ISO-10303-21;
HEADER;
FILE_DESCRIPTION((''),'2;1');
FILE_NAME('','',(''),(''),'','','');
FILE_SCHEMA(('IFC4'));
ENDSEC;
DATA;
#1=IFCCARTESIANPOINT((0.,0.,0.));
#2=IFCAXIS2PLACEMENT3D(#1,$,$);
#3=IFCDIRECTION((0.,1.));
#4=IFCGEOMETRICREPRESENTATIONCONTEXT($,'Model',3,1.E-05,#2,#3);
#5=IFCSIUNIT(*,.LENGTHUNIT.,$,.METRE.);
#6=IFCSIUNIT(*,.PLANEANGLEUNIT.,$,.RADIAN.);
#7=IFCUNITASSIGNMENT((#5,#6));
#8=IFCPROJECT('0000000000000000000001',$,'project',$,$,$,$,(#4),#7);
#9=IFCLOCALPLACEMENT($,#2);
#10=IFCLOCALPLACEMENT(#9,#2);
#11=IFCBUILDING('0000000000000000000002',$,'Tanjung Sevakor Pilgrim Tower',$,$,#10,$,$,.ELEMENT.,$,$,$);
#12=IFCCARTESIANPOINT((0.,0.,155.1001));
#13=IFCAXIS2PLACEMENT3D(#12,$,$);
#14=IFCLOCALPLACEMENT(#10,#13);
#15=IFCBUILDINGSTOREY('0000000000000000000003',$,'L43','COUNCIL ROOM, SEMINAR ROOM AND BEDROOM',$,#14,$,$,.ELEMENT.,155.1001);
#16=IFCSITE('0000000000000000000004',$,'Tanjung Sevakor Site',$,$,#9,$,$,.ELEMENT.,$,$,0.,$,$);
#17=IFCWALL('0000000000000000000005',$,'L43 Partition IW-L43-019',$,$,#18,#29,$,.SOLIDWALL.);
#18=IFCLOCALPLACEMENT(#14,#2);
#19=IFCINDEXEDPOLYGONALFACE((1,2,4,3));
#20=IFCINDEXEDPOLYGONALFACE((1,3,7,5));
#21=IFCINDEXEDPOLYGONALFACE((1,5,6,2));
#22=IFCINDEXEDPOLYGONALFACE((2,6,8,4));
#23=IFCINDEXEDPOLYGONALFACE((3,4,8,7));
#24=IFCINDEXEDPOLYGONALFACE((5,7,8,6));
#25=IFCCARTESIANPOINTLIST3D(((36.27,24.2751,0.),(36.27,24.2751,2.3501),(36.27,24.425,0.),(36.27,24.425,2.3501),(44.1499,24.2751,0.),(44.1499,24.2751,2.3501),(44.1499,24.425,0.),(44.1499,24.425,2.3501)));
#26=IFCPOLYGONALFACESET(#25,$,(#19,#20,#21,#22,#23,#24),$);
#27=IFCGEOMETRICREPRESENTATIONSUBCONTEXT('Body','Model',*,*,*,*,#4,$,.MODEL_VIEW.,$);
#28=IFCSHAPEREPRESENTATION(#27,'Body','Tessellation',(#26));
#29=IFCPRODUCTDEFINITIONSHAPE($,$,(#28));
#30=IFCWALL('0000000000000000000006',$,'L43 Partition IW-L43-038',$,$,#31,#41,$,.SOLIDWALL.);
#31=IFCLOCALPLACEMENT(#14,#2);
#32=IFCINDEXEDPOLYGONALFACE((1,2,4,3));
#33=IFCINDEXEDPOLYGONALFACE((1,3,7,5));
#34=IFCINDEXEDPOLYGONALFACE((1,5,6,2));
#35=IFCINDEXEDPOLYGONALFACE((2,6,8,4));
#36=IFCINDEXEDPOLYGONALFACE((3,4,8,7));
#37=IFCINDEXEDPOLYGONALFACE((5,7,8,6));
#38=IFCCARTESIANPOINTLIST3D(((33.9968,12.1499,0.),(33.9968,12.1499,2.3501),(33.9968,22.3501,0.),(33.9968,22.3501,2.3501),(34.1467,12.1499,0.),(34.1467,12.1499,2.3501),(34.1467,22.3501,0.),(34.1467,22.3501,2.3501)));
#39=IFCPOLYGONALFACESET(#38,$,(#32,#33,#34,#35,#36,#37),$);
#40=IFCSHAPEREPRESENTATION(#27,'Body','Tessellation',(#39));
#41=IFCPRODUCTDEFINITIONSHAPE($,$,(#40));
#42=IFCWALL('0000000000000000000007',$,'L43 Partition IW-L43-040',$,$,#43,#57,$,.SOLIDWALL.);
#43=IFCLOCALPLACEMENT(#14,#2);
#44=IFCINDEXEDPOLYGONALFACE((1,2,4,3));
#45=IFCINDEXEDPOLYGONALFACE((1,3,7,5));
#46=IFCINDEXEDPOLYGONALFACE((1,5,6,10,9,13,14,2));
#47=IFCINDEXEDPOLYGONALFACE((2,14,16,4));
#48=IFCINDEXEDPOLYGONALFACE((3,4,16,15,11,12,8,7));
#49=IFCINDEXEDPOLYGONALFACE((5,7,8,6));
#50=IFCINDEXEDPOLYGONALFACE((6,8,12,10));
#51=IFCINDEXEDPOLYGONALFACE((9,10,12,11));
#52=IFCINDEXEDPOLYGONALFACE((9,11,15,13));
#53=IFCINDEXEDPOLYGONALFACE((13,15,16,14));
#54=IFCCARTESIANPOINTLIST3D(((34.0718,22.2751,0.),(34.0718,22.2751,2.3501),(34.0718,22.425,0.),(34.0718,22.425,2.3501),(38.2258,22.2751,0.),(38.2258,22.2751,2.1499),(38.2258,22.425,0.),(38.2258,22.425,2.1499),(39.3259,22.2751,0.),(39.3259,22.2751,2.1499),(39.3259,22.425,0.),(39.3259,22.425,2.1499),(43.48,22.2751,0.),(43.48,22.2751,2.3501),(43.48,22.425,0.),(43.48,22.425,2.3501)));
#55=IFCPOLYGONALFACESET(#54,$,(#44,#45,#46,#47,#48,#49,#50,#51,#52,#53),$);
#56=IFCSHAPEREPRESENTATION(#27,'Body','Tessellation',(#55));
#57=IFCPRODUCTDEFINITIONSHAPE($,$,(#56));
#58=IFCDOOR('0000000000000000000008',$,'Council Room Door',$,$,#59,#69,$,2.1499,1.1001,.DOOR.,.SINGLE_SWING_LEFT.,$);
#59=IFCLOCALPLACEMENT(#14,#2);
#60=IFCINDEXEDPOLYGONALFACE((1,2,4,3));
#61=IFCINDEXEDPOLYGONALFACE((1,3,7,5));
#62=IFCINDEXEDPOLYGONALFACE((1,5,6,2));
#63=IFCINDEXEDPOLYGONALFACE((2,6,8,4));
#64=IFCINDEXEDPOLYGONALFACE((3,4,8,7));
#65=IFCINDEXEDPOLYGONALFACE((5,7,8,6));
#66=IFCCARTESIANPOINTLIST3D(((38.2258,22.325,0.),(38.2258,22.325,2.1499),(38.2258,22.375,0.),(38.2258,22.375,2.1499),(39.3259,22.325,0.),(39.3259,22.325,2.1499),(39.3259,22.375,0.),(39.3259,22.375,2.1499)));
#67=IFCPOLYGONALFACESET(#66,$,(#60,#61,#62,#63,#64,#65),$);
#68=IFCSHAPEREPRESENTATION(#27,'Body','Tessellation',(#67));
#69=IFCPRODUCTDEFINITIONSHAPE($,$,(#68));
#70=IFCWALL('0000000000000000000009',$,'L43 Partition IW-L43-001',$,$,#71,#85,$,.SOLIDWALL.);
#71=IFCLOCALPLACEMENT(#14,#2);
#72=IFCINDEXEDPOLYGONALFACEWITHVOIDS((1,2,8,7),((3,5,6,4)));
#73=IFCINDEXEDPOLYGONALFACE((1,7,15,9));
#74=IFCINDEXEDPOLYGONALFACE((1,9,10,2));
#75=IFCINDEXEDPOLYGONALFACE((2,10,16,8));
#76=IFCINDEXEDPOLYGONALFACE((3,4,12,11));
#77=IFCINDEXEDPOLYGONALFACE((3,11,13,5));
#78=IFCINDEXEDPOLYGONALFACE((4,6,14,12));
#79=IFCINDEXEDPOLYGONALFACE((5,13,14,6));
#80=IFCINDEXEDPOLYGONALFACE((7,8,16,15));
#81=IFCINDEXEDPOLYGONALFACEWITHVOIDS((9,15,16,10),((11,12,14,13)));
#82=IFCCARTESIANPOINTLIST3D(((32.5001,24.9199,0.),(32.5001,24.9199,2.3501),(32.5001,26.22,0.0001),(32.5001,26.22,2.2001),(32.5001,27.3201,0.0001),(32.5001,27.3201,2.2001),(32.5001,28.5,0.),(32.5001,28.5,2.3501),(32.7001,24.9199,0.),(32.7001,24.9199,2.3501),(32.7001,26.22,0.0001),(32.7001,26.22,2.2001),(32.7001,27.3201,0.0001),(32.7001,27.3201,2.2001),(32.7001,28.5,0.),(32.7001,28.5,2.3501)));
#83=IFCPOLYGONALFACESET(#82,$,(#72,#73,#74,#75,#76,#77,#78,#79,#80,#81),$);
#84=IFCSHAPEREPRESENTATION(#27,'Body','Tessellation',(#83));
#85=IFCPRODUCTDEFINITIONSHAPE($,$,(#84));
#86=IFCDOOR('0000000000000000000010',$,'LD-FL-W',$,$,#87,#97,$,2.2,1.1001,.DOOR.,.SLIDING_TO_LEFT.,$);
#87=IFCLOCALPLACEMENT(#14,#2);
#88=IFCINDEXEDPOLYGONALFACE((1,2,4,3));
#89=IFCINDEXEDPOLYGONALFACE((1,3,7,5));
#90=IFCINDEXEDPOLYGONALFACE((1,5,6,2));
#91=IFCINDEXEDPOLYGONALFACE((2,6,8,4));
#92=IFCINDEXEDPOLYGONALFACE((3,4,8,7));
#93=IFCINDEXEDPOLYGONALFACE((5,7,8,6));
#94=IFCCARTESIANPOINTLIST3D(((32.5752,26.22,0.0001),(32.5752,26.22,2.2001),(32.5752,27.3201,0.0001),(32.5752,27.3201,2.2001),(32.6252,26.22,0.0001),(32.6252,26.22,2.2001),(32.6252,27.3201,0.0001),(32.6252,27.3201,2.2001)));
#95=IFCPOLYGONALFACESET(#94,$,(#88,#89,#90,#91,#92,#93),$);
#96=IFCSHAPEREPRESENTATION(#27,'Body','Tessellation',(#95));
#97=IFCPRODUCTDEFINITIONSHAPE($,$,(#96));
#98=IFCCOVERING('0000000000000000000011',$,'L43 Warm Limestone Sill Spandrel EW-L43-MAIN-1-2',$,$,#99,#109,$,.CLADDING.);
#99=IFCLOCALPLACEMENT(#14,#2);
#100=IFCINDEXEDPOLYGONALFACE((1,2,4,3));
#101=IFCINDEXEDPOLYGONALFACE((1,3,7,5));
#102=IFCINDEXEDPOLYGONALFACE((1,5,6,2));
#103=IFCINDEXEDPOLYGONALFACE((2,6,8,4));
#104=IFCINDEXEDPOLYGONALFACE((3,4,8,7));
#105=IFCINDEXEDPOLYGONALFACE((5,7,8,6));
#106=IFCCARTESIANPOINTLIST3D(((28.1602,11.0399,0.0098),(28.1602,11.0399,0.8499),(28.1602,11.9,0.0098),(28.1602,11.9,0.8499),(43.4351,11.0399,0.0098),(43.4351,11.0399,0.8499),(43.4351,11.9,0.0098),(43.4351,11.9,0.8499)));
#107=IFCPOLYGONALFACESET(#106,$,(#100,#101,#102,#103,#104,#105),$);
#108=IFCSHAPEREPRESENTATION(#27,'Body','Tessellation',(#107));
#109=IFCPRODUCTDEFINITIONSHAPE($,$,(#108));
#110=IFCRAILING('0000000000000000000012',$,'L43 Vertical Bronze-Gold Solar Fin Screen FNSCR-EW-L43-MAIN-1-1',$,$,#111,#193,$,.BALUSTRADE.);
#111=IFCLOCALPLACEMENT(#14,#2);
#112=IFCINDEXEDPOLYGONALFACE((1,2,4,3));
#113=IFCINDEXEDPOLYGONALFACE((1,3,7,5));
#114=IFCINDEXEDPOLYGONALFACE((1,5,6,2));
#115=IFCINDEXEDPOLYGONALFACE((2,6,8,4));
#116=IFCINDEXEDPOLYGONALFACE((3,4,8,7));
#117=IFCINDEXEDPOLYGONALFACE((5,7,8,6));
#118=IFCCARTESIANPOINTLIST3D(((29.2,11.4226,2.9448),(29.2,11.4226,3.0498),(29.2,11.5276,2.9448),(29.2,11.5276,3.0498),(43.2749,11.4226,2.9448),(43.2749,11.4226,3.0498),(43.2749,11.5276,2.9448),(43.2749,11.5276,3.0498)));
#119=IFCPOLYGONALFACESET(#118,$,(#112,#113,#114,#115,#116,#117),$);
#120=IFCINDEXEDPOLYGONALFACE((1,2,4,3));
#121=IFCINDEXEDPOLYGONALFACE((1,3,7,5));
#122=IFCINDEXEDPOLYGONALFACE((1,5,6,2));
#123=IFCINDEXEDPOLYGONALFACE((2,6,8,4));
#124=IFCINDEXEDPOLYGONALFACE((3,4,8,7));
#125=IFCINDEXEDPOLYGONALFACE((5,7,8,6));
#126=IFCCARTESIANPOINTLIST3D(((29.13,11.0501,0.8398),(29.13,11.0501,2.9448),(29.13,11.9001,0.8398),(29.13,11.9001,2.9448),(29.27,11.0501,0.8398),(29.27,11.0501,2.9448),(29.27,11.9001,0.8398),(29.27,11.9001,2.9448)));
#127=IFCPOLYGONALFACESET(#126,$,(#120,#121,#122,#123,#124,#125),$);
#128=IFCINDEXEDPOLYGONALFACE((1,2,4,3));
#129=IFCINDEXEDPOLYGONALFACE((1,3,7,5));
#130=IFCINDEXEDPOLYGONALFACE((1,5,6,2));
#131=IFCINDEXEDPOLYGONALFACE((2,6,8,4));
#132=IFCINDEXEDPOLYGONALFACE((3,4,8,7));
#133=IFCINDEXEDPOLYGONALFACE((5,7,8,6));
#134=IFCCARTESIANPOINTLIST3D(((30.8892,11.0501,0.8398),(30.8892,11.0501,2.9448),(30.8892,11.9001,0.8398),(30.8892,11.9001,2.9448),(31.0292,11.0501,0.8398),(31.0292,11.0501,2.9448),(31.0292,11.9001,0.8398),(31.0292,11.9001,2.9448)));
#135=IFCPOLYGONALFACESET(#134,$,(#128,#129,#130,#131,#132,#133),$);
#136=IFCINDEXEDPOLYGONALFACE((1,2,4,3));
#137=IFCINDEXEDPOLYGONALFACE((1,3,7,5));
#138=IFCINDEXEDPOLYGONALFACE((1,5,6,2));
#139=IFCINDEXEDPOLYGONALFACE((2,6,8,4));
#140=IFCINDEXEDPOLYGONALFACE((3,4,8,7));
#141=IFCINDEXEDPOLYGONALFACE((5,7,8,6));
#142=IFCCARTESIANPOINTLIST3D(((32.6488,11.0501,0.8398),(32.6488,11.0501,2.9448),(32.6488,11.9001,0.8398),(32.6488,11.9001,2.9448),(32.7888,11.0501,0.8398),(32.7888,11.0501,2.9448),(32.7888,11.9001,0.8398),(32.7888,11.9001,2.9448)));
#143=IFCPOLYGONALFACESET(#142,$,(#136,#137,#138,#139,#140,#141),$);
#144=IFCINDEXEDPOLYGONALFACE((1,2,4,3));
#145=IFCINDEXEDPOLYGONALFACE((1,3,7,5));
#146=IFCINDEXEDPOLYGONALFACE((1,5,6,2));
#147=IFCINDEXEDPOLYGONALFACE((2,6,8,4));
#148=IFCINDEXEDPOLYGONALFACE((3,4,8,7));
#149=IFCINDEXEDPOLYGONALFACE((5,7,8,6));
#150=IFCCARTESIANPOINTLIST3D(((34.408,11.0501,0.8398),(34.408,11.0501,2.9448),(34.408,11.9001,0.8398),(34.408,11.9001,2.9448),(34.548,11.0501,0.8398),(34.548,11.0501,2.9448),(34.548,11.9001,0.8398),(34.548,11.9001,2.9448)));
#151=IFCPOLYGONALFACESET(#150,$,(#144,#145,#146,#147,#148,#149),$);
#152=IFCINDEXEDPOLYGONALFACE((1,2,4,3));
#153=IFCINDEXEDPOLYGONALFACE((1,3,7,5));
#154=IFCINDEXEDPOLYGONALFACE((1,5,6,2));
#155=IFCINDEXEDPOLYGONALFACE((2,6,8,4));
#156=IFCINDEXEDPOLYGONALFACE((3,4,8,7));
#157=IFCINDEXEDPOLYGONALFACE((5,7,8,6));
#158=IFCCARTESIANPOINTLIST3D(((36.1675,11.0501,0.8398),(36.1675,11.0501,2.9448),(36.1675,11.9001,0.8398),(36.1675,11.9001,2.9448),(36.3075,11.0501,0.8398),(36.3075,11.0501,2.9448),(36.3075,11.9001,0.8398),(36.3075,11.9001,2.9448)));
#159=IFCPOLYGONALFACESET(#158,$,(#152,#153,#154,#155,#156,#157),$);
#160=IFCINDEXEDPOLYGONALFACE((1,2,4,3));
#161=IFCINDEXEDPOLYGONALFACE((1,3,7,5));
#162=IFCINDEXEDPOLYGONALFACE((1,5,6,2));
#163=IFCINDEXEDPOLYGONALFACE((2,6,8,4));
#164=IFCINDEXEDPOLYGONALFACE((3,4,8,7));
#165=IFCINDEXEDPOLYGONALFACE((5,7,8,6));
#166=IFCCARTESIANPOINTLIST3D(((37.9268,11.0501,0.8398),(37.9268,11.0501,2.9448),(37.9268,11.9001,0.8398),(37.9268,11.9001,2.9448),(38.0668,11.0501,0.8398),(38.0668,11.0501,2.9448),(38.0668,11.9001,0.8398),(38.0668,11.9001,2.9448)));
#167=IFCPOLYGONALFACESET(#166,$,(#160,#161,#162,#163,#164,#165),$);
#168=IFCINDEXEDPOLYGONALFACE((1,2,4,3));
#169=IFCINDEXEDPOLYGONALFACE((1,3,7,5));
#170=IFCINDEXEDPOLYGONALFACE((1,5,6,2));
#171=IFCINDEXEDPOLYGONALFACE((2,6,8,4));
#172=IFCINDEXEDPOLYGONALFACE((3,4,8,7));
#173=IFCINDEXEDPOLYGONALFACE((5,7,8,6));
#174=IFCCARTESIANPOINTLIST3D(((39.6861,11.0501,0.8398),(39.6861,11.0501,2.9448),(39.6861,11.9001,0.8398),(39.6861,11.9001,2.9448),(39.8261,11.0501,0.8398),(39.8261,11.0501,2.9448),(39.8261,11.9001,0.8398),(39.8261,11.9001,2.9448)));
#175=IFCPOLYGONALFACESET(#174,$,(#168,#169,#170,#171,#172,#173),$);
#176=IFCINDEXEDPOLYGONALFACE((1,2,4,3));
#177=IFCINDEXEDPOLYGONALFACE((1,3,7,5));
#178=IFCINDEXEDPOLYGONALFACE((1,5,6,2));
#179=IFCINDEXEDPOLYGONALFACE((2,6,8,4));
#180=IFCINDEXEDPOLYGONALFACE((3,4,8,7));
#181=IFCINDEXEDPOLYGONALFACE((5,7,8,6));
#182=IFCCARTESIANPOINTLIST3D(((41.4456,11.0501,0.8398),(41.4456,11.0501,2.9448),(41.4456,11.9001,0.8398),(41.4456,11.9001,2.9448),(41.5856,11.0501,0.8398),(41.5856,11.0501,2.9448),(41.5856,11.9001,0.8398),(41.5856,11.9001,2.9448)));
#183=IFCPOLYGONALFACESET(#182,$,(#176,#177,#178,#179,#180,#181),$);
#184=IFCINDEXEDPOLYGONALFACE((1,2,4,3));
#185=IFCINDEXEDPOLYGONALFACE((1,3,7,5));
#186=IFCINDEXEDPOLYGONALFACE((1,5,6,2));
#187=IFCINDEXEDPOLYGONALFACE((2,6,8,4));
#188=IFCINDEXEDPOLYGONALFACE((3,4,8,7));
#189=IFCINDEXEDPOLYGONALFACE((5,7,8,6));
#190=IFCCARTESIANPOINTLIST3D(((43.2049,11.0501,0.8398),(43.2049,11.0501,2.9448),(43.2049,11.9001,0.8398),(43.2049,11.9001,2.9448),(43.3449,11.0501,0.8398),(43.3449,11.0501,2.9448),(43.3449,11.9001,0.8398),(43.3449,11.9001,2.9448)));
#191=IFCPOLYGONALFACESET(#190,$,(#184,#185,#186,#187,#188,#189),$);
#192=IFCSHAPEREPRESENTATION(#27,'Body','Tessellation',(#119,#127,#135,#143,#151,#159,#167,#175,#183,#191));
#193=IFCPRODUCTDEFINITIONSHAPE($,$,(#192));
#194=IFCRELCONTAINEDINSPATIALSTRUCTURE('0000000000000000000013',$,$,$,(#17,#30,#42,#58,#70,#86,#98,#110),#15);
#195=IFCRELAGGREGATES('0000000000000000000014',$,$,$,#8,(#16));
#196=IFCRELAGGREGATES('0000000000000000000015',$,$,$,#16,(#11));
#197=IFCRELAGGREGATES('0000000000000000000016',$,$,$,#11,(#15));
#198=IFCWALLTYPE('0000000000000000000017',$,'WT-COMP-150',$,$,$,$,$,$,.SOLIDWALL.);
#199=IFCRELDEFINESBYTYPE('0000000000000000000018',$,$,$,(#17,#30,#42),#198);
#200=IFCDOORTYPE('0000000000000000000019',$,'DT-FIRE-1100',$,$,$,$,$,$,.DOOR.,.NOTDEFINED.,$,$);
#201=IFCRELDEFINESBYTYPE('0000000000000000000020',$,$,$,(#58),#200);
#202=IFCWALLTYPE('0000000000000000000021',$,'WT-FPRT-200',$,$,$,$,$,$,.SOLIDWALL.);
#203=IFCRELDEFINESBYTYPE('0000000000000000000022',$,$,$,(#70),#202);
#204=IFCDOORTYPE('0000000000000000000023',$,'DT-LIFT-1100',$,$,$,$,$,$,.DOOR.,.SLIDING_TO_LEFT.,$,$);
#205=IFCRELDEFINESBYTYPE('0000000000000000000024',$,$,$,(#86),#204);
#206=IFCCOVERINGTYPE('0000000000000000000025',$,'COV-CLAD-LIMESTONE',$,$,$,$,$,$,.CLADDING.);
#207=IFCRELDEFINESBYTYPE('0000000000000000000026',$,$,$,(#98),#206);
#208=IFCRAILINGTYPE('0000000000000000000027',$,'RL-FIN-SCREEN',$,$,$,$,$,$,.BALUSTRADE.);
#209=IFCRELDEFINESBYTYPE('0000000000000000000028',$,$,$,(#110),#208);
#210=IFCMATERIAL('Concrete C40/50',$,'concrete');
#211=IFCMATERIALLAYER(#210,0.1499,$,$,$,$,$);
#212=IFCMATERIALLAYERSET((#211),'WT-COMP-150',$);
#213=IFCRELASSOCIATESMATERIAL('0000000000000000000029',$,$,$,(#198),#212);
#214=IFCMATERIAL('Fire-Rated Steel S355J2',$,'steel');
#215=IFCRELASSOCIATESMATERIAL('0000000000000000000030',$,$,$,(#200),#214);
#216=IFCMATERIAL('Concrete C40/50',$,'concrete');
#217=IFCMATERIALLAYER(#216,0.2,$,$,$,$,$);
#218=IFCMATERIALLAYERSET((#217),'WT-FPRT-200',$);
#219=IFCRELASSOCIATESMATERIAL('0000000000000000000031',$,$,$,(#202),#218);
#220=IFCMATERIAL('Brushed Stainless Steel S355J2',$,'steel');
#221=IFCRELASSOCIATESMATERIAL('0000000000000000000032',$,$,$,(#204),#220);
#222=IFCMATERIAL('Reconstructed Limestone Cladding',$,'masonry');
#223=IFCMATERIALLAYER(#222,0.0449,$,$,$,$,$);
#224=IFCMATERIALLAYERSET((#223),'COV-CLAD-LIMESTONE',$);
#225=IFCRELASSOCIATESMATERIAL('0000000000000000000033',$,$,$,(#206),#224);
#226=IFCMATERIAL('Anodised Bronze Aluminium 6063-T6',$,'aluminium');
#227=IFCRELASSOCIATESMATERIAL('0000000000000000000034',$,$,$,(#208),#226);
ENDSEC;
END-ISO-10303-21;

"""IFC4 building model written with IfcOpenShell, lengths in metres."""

from ifc_helpers import new_model, si_unit, direction, frame, frame_2d, origin, origin_2d, place, context, subcontext, project, spatial, rectangle, extrude, material, layer, layer_set, type_object, element, fill, save


model = new_model("IFC4")

# Units and contexts
model_context = context("Model", 3, precision=1e-05, world=origin(), true_north=direction((0.0, 1.0)))
body_context = subcontext(model_context, "Body", "Model", "MODEL_VIEW")
ifc_project = project(units=[si_unit("LENGTHUNIT", "METRE"), si_unit("PLANEANGLEUNIT", "RADIAN")], contexts=[model_context])

# Site, building, storey
site_placement = place(None, origin())
site = spatial("IfcSite", under=ifc_project, at=site_placement, Name="Tanjung Sevakor Site", CompositionType="ELEMENT", RefElevation=0.0)
building_placement = place(site_placement, origin())
building = spatial("IfcBuilding", under=site, at=building_placement, Name="Tanjung Sevakor Pilgrim Tower", CompositionType="ELEMENT")
storey_placement = place(building_placement, frame((0.0, 0.0, 155.1001)))
storey = spatial("IfcBuildingStorey", under=building, at=storey_placement, Name="L43", Description="COUNCIL ROOM, SEMINAR ROOM AND BEDROOM", CompositionType="ELEMENT", Elevation=155.1001)

# Shared definitions
ifc_material_1 = material(Name="Concrete C40/50", Category="concrete")
ifc_layer_1 = layer(ifc_material_1, 0.1499)
ifc_layer_set_1 = layer_set([ifc_layer_1], Name="WT-COMP-150")
wall_type_1 = type_object("IfcWallType", Name="WT-COMP-150", PredefinedType="SOLIDWALL", material=ifc_layer_set_1)

# Walls
wall_1_placement = place(storey_placement, frame((36.27, 24.3501, 0.0), z_axis=(0.0, 0.0, 1.0), x_axis=(1.0, 0.0, 0.0)))
element("IfcWall", 1, at=wall_1_placement, inside=storey, type_object=wall_type_1, Name="L43 Partition IW-L43-019", PredefinedType="SOLIDWALL", context=body_context, shape_type="SweptSolid", body=[
    extrude(rectangle(XDim=7.8799, YDim=0.1499, at=frame_2d((3.9399, 0.0))), origin(), (0.0, 0.0, 1.0), 2.3501),
])
wall_2_placement = place(storey_placement, frame((34.0718, 12.1499, 0.0), z_axis=(0.0, 0.0, 1.0), x_axis=(0.0, 1.0, 0.0)))
element("IfcWall", 2, at=wall_2_placement, inside=storey, type_object=wall_type_1, Name="L43 Partition IW-L43-038", PredefinedType="SOLIDWALL", context=body_context, shape_type="SweptSolid", body=[
    extrude(rectangle(XDim=10.2002, YDim=0.1499, at=frame_2d((5.1001, 0.0))), origin(), (0.0, 0.0, 1.0), 2.3501),
])

# Walls, openings, doors
wall_3_placement = place(storey_placement, frame((34.0718, 22.3501, 0.0), z_axis=(0.0, 0.0, 1.0), x_axis=(1.0, 0.0, 0.0)))
wall_3 = element("IfcWall", 3, at=wall_3_placement, inside=storey, type_object=wall_type_1, Name="L43 Partition IW-L43-040", PredefinedType="SOLIDWALL", context=body_context, shape_type="SweptSolid", body=[
    extrude(rectangle(XDim=9.4082, YDim=0.1499, at=frame_2d((4.7041, 0.0))), origin(), (0.0, 0.0, 1.0), 2.3501),
])
opening_1_placement = place(wall_3_placement, frame((4.1541, 0.0, 0.0)))
opening_1 = element("IfcOpeningElement", 4, at=opening_1_placement, cuts=wall_3, PredefinedType="OPENING", context=body_context, shape_type="SweptSolid", body=[
    extrude(rectangle(XDim=1.1001, YDim=2.1499, at=frame_2d((0.55, 1.075))), frame((0.0, 0.085, 0.0), z_axis=(0.0, -1.0, 0.0), x_axis=(1.0, 0.0, 0.0)), (0.0, 0.0, 1.0), 0.1699),
])
ifc_material_2 = material(Name="Fire-Rated Steel S355J2", Category="steel")
door_type_1 = type_object("IfcDoorType", Name="DT-FIRE-1100", OperationType="NOTDEFINED", PredefinedType="DOOR", material=ifc_material_2)
door_1_placement = place(opening_1_placement, origin())
door_1 = element("IfcDoor", 5, at=door_1_placement, inside=storey, type_object=door_type_1, Name="Council Room Door", OperationType="SINGLE_SWING_LEFT", OverallHeight=2.1499, OverallWidth=1.1001, PredefinedType="DOOR", context=body_context, shape_type="SweptSolid", body=[
    extrude(rectangle(XDim=1.1001, YDim=2.1499, at=frame_2d((0.55, 1.075))), frame((0.0, 0.0249, 0.0), z_axis=(0.0, -1.0, 0.0), x_axis=(1.0, 0.0, 0.0)), (0.0, 0.0, 1.0), 0.05),
])
fill(opening_1, door_1)
ifc_material_3 = material(Name="Concrete C40/50", Category="concrete")
ifc_layer_2 = layer(ifc_material_3, 0.2)
ifc_layer_set_2 = layer_set([ifc_layer_2], Name="WT-FPRT-200")
wall_type_2 = type_object("IfcWallType", Name="WT-FPRT-200", PredefinedType="SOLIDWALL", material=ifc_layer_set_2)
wall_4_placement = place(storey_placement, frame((32.6001, 24.9199, 0.0), z_axis=(0.0, 0.0, 1.0), x_axis=(0.0, 1.0, 0.0)))
wall_4 = element("IfcWall", 6, at=wall_4_placement, inside=storey, type_object=wall_type_2, Name="L43 Partition IW-L43-001", PredefinedType="SOLIDWALL", context=body_context, shape_type="SweptSolid", body=[
    extrude(rectangle(XDim=3.5801, YDim=0.2, at=frame_2d((1.79, 0.0))), origin(), (0.0, 0.0, 1.0), 2.3501),
])
opening_2_placement = place(wall_4_placement, frame((1.3, 0.0, 0.0)))
opening_2 = element("IfcOpeningElement", 7, at=opening_2_placement, cuts=wall_4, PredefinedType="OPENING", context=body_context, shape_type="SweptSolid", body=[
    extrude(rectangle(XDim=1.1001, YDim=2.2, at=frame_2d((0.55, 1.1001))), frame((0.0, 0.1099, 0.0), z_axis=(0.0, -1.0, 0.0), x_axis=(1.0, 0.0, 0.0)), (0.0, 0.0, 1.0), 0.22),
])
ifc_material_4 = material(Name="Brushed Stainless Steel S355J2", Category="steel")
door_type_2 = type_object("IfcDoorType", Name="DT-LIFT-1100", OperationType="SLIDING_TO_LEFT", PredefinedType="DOOR", material=ifc_material_4)
door_2_placement = place(opening_2_placement, origin())
door_2 = element("IfcDoor", 8, at=door_2_placement, inside=storey, type_object=door_type_2, Name="LD-FL-W", OperationType="SLIDING_TO_LEFT", OverallHeight=2.2, OverallWidth=1.1001, PredefinedType="DOOR", context=body_context, shape_type="SweptSolid", body=[
    extrude(rectangle(XDim=1.1001, YDim=2.2, at=frame_2d((0.55, 1.1001))), frame((0.0, 0.0249, 0.0), z_axis=(0.0, -1.0, 0.0), x_axis=(1.0, 0.0, 0.0)), (0.0, 0.0, 1.0), 0.05),
])
fill(opening_2, door_2)

# Covering
ifc_material_5 = material(Name="Reconstructed Limestone Cladding", Category="masonry")
ifc_layer_3 = layer(ifc_material_5, 0.0449)
ifc_layer_set_3 = layer_set([ifc_layer_3], Name="COV-CLAD-LIMESTONE")
covering_type = type_object("IfcCoveringType", Name="COV-CLAD-LIMESTONE", PredefinedType="CLADDING", material=ifc_layer_set_3)
covering_placement = place(storey_placement, frame((35.7976, 11.47, 0.0098), z_axis=(0.0, 0.0, 1.0), x_axis=(1.0, 0.0, 0.0)))
element("IfcCovering", 9, at=covering_placement, inside=storey, type_object=covering_type, Name="L43 Warm Limestone Sill Spandrel EW-L43-MAIN-1-2", PredefinedType="CLADDING", context=body_context, shape_type="SweptSolid", body=[
    extrude(rectangle(XDim=15.2749, YDim=0.8601, at=origin_2d()), origin(), (0.0, 0.0, 1.0), 0.8401),
])

# Railing
ifc_material_6 = material(Name="Anodised Bronze Aluminium 6063-T6", Category="aluminium")
railing_type = type_object("IfcRailingType", Name="RL-FIN-SCREEN", PredefinedType="BALUSTRADE", material=ifc_material_6)
railing_placement = place(storey_placement, frame((29.2, 11.4751, 0.8398)))
element("IfcRailing", 10, at=railing_placement, inside=storey, type_object=railing_type, Name="L43 Vertical Bronze-Gold Solar Fin Screen FNSCR-EW-L43-MAIN-1-1", PredefinedType="BALUSTRADE", context=body_context, shape_type="SweptSolid", body=[
    extrude(rectangle(XDim=0.105, YDim=0.105), frame((0.0, 0.0, 2.1575), z_axis=(1.0, 0.0, 0.0), x_axis=(0.0, 1.0, 0.0)), (0.0, 0.0, 1.0), 14.075),
    extrude(rectangle(XDim=0.14, YDim=0.85), origin(), (0.0, 0.0, 1.0), 2.105),
    extrude(rectangle(XDim=0.14, YDim=0.85), frame((1.7593, 0.0, 0.0)), (0.0, 0.0, 1.0), 2.105),
    extrude(rectangle(XDim=0.14, YDim=0.85), frame((3.5188, 0.0, 0.0)), (0.0, 0.0, 1.0), 2.105),
    extrude(rectangle(XDim=0.14, YDim=0.85), frame((5.2781, 0.0, 0.0)), (0.0, 0.0, 1.0), 2.105),
    extrude(rectangle(XDim=0.14, YDim=0.85), frame((7.0376, 0.0, 0.0)), (0.0, 0.0, 1.0), 2.105),
    extrude(rectangle(XDim=0.14, YDim=0.85), frame((8.7969, 0.0, 0.0)), (0.0, 0.0, 1.0), 2.105),
    extrude(rectangle(XDim=0.14, YDim=0.85), frame((10.5562, 0.0, 0.0)), (0.0, 0.0, 1.0), 2.105),
    extrude(rectangle(XDim=0.14, YDim=0.85), frame((12.3157, 0.0, 0.0)), (0.0, 0.0, 1.0), 2.105),
    extrude(rectangle(XDim=0.14, YDim=0.85), frame((14.075, 0.0, 0.0)), (0.0, 0.0, 1.0), 2.105),
])

save(model, "model.ifc")
